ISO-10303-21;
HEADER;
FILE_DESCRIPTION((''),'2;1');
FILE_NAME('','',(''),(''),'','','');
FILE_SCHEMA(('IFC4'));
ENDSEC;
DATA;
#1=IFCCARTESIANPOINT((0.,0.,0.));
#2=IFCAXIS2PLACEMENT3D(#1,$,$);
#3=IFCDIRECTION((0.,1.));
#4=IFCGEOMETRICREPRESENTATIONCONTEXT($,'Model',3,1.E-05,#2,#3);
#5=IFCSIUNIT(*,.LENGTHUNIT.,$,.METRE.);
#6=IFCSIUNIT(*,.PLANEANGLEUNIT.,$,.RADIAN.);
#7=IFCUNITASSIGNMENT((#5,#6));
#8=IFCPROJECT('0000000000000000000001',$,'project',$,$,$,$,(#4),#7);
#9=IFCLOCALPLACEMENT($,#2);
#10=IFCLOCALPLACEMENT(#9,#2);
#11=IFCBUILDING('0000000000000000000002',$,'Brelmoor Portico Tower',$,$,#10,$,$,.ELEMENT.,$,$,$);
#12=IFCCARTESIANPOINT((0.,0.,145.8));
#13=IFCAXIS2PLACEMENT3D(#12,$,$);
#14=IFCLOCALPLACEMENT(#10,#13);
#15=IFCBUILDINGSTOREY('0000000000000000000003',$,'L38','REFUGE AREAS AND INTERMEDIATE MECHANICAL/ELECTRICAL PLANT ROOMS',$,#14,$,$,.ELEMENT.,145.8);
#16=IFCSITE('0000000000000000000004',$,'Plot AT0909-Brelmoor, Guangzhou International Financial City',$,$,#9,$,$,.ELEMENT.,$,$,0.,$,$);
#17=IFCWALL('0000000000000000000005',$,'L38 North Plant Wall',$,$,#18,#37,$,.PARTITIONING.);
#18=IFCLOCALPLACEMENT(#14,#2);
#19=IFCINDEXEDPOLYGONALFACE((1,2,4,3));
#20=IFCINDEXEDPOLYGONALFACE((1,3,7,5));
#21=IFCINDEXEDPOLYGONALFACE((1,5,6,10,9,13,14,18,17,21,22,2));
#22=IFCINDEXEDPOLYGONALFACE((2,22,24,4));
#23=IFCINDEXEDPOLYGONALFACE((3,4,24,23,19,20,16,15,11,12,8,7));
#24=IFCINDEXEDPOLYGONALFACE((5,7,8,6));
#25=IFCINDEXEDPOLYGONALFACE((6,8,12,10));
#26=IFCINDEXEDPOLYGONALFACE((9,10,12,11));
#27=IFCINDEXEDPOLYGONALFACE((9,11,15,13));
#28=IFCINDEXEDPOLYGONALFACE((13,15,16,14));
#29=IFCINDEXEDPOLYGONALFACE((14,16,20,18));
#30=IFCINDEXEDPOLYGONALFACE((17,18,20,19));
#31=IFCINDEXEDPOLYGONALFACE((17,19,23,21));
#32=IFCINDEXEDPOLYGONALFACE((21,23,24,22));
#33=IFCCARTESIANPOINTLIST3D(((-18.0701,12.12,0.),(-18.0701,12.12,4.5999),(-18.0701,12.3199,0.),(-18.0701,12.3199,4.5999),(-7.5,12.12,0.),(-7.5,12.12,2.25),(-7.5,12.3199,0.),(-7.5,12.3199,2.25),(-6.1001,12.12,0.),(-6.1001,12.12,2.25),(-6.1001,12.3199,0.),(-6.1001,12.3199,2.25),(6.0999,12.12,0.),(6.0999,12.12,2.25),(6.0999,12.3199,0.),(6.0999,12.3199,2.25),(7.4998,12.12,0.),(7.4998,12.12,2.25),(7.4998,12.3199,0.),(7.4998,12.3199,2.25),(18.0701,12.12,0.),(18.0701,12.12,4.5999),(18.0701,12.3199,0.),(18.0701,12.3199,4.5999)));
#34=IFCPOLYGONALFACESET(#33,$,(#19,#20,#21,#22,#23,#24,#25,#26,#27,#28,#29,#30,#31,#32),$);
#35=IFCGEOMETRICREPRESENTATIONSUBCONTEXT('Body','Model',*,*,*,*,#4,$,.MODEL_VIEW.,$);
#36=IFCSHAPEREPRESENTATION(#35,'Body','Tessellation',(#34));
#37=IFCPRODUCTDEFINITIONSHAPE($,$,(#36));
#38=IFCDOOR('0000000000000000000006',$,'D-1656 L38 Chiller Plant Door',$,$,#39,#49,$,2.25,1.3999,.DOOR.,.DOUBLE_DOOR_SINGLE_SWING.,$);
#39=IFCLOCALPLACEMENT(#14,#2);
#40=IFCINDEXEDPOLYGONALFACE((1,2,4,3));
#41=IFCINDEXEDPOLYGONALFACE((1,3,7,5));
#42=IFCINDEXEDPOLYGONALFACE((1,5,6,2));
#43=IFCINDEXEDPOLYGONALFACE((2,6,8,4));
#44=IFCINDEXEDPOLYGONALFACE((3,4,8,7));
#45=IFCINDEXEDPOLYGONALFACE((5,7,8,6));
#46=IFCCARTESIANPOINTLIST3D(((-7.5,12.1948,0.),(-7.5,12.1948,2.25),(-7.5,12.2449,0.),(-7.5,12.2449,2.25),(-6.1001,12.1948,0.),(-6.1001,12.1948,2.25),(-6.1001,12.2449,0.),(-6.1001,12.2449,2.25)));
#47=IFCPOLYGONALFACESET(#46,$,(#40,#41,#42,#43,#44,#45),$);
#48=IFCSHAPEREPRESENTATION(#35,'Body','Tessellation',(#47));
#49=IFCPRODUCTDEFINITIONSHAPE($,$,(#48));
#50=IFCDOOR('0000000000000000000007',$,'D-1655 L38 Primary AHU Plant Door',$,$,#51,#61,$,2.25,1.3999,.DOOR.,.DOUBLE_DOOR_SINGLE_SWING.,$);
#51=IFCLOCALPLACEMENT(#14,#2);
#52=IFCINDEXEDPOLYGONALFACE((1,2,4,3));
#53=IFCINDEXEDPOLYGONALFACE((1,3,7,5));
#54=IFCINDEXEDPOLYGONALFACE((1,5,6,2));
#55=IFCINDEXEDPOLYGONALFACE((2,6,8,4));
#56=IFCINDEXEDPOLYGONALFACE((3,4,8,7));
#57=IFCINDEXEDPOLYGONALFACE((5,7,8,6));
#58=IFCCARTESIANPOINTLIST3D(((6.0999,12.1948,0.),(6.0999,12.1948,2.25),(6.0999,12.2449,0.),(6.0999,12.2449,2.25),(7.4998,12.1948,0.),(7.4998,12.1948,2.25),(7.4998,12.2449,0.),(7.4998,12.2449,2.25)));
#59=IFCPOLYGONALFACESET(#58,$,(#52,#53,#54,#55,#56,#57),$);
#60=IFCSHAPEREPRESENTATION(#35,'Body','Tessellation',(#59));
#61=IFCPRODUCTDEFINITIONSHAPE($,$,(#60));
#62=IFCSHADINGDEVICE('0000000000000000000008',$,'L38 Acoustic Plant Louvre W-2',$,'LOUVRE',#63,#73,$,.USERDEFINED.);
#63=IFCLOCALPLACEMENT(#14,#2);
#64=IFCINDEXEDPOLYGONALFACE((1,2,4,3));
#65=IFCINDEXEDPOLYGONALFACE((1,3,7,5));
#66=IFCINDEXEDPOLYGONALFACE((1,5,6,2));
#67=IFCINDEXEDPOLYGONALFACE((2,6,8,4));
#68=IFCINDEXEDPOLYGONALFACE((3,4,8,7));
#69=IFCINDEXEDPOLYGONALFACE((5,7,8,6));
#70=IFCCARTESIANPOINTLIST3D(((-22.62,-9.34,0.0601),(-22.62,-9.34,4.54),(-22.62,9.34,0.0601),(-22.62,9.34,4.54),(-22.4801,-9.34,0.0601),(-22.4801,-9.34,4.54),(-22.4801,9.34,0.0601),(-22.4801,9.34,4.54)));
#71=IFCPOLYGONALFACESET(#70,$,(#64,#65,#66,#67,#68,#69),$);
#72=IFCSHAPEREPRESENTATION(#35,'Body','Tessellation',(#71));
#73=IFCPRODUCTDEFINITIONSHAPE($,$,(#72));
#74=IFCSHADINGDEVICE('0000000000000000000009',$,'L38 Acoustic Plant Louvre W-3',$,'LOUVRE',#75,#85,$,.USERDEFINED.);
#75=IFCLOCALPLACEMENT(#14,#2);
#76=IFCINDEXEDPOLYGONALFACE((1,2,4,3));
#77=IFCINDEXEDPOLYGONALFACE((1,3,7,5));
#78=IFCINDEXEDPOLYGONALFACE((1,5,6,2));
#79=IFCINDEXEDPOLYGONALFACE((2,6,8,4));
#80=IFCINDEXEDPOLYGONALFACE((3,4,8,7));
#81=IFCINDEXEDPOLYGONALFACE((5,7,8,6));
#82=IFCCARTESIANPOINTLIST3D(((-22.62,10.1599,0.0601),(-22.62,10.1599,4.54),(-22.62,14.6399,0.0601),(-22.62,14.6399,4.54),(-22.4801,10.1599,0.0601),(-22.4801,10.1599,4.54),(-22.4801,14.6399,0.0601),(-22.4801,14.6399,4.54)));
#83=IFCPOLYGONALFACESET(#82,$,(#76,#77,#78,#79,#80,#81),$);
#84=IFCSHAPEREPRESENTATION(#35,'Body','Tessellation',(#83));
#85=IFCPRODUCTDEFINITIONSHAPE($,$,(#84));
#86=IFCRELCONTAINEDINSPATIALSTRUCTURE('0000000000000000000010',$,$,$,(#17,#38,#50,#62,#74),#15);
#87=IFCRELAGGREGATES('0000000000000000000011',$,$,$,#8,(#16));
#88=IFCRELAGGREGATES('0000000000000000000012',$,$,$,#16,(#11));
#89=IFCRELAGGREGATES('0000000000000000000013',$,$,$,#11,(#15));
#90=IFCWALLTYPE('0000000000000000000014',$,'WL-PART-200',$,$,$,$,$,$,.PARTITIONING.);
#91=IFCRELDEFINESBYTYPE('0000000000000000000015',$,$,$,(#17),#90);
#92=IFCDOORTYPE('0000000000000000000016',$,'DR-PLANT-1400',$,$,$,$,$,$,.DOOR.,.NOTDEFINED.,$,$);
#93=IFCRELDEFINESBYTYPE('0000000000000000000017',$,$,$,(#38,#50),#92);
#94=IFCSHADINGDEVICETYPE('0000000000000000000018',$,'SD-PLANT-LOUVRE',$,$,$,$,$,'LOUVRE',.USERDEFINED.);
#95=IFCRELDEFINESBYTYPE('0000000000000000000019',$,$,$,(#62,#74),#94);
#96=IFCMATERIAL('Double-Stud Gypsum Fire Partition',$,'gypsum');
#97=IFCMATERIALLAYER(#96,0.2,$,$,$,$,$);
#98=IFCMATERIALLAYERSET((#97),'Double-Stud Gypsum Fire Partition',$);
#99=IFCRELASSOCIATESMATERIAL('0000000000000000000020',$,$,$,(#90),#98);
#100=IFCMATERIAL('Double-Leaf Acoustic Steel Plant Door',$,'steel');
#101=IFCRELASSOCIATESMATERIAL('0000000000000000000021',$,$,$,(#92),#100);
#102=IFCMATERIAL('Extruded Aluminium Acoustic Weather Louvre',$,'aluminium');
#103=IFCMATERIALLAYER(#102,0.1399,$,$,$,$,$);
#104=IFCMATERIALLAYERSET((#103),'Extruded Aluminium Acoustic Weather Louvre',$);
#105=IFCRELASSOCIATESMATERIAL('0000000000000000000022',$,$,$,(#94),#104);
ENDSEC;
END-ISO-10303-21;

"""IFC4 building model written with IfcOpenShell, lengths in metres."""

from ifc_helpers import new_model, si_unit, direction, frame, frame_2d, origin, origin_2d, place, context, subcontext, project, spatial, rectangle, extrude, material, layer, layer_set, type_object, element, fill, save


model = new_model("IFC4")

# Units and contexts
model_context = context("Model", 3, precision=1e-05, world=origin(), true_north=direction((0.0, 1.0)))
body_context = subcontext(model_context, "Body", "Model", "MODEL_VIEW")
ifc_project = project(units=[si_unit("LENGTHUNIT", "METRE"), si_unit("PLANEANGLEUNIT", "RADIAN")], contexts=[model_context])

# Site, building, storey
site_placement = place(None, origin())
site = spatial("IfcSite", under=ifc_project, at=site_placement, Name="Plot AT0909-Brelmoor, Guangzhou International Financial City", CompositionType="ELEMENT", RefElevation=0.0)
building_placement = place(site_placement, origin())
building = spatial("IfcBuilding", under=site, at=building_placement, Name="Brelmoor Portico Tower", CompositionType="ELEMENT")
storey_placement = place(building_placement, frame((0.0, 0.0, 145.8)))
storey = spatial("IfcBuildingStorey", under=building, at=storey_placement, Name="L38", Description="REFUGE AREAS AND INTERMEDIATE MECHANICAL/ELECTRICAL PLANT ROOMS", CompositionType="ELEMENT", Elevation=145.8)

# Wall, openings, doors
ifc_material_1 = material(Name="Double-Stud Gypsum Fire Partition", Category="gypsum")
ifc_layer_1 = layer(ifc_material_1, 0.2)
ifc_layer_set_1 = layer_set([ifc_layer_1], Name="Double-Stud Gypsum Fire Partition")
wall_type_1 = type_object("IfcWallType", Name="WL-PART-200", PredefinedType="PARTITIONING", material=ifc_layer_set_1)
wall_1_placement = place(storey_placement, frame((-18.0701, 12.22, 0.0), z_axis=(0.0, 0.0, 1.0), x_axis=(1.0, 0.0, 0.0)))
wall_1 = element("IfcWall", 1, at=wall_1_placement, inside=storey, type_object=wall_type_1, Name="L38 North Plant Wall", PredefinedType="PARTITIONING", context=body_context, shape_type="SweptSolid", body=[
    extrude(rectangle(XDim=36.1401, YDim=0.2, at=frame_2d((18.0701, 0.0))), origin(), (0.0, 0.0, 1.0), 4.5999),
])
opening_1_placement = place(wall_1_placement, frame((10.5701, 0.0, 0.0)))
opening_1 = element("IfcOpeningElement", 2, at=opening_1_placement, cuts=wall_1, PredefinedType="OPENING", context=body_context, shape_type="SweptSolid", body=[
    extrude(rectangle(XDim=1.3999, YDim=2.25, at=frame_2d((0.7, 1.125))), frame((0.0, 0.1099, 0.0), z_axis=(0.0, -1.0, 0.0), x_axis=(1.0, 0.0, 0.0)), (0.0, 0.0, 1.0), 0.22),
])
opening_2_placement = place(wall_1_placement, frame((24.1699, 0.0, 0.0)))
opening_2 = element("IfcOpeningElement", 3, at=opening_2_placement, cuts=wall_1, PredefinedType="OPENING", context=body_context, shape_type="SweptSolid", body=[
    extrude(rectangle(XDim=1.3999, YDim=2.25, at=frame_2d((0.7, 1.125))), frame((0.0, 0.1099, 0.0), z_axis=(0.0, -1.0, 0.0), x_axis=(1.0, 0.0, 0.0)), (0.0, 0.0, 1.0), 0.22),
])
ifc_material_2 = material(Name="Double-Leaf Acoustic Steel Plant Door", Category="steel")
door_type = type_object("IfcDoorType", Name="DR-PLANT-1400", OperationType="NOTDEFINED", PredefinedType="DOOR", material=ifc_material_2)
door_1_placement = place(opening_1_placement, origin())
door_1 = element("IfcDoor", 4, at=door_1_placement, inside=storey, type_object=door_type, Name="D-1656 L38 Chiller Plant Door", OperationType="DOUBLE_DOOR_SINGLE_SWING", OverallHeight=2.25, OverallWidth=1.3999, PredefinedType="DOOR", context=body_context, shape_type="SweptSolid", body=[
    extrude(rectangle(XDim=1.3999, YDim=2.25, at=frame_2d((0.7, 1.125))), frame((0.0, 0.0249, 0.0), z_axis=(0.0, -1.0, 0.0), x_axis=(1.0, 0.0, 0.0)), (0.0, 0.0, 1.0), 0.05),
])
fill(opening_1, door_1)
door_2_placement = place(opening_2_placement, origin())
door_2 = element("IfcDoor", 5, at=door_2_placement, inside=storey, type_object=door_type, Name="D-1655 L38 Primary AHU Plant Door", OperationType="DOUBLE_DOOR_SINGLE_SWING", OverallHeight=2.25, OverallWidth=1.3999, PredefinedType="DOOR", context=body_context, shape_type="SweptSolid", body=[
    extrude(rectangle(XDim=1.3999, YDim=2.25, at=frame_2d((0.7, 1.125))), frame((0.0, 0.0249, 0.0), z_axis=(0.0, -1.0, 0.0), x_axis=(1.0, 0.0, 0.0)), (0.0, 0.0, 1.0), 0.05),
])
fill(opening_2, door_2)

# Shading devices
ifc_material_3 = material(Name="Extruded Aluminium Acoustic Weather Louvre", Category="aluminium")
ifc_layer_2 = layer(ifc_material_3, 0.1399)
ifc_layer_set_2 = layer_set([ifc_layer_2], Name="Extruded Aluminium Acoustic Weather Louvre")
shading_device_type = type_object("IfcShadingDeviceType", Name="SD-PLANT-LOUVRE", ElementType="LOUVRE", PredefinedType="USERDEFINED", material=ifc_layer_set_2)
shading_device_1_placement = place(storey_placement, frame((-22.55, 0.0, 0.0601), z_axis=(0.0, 0.0, 1.0), x_axis=(0.0, 1.0, 0.0)))
element("IfcShadingDevice", 6, at=shading_device_1_placement, inside=storey, type_object=shading_device_type, Name="L38 Acoustic Plant Louvre W-2", ObjectType="LOUVRE", PredefinedType="USERDEFINED", context=body_context, shape_type="SweptSolid", body=[
    extrude(rectangle(XDim=18.6799, YDim=0.1399, at=origin_2d()), origin(), (0.0, 0.0, 1.0), 4.48),
])
shading_device_2_placement = place(storey_placement, frame((-22.55, 12.3999, 0.0601), z_axis=(0.0, 0.0, 1.0), x_axis=(0.0, 1.0, 0.0)))
element("IfcShadingDevice", 7, at=shading_device_2_placement, inside=storey, type_object=shading_device_type, Name="L38 Acoustic Plant Louvre W-3", ObjectType="LOUVRE", PredefinedType="USERDEFINED", context=body_context, shape_type="SweptSolid", body=[
    extrude(rectangle(XDim=4.48, YDim=0.1399, at=origin_2d()), origin(), (0.0, 0.0, 1.0), 4.48),
])

save(model, "model.ifc")
